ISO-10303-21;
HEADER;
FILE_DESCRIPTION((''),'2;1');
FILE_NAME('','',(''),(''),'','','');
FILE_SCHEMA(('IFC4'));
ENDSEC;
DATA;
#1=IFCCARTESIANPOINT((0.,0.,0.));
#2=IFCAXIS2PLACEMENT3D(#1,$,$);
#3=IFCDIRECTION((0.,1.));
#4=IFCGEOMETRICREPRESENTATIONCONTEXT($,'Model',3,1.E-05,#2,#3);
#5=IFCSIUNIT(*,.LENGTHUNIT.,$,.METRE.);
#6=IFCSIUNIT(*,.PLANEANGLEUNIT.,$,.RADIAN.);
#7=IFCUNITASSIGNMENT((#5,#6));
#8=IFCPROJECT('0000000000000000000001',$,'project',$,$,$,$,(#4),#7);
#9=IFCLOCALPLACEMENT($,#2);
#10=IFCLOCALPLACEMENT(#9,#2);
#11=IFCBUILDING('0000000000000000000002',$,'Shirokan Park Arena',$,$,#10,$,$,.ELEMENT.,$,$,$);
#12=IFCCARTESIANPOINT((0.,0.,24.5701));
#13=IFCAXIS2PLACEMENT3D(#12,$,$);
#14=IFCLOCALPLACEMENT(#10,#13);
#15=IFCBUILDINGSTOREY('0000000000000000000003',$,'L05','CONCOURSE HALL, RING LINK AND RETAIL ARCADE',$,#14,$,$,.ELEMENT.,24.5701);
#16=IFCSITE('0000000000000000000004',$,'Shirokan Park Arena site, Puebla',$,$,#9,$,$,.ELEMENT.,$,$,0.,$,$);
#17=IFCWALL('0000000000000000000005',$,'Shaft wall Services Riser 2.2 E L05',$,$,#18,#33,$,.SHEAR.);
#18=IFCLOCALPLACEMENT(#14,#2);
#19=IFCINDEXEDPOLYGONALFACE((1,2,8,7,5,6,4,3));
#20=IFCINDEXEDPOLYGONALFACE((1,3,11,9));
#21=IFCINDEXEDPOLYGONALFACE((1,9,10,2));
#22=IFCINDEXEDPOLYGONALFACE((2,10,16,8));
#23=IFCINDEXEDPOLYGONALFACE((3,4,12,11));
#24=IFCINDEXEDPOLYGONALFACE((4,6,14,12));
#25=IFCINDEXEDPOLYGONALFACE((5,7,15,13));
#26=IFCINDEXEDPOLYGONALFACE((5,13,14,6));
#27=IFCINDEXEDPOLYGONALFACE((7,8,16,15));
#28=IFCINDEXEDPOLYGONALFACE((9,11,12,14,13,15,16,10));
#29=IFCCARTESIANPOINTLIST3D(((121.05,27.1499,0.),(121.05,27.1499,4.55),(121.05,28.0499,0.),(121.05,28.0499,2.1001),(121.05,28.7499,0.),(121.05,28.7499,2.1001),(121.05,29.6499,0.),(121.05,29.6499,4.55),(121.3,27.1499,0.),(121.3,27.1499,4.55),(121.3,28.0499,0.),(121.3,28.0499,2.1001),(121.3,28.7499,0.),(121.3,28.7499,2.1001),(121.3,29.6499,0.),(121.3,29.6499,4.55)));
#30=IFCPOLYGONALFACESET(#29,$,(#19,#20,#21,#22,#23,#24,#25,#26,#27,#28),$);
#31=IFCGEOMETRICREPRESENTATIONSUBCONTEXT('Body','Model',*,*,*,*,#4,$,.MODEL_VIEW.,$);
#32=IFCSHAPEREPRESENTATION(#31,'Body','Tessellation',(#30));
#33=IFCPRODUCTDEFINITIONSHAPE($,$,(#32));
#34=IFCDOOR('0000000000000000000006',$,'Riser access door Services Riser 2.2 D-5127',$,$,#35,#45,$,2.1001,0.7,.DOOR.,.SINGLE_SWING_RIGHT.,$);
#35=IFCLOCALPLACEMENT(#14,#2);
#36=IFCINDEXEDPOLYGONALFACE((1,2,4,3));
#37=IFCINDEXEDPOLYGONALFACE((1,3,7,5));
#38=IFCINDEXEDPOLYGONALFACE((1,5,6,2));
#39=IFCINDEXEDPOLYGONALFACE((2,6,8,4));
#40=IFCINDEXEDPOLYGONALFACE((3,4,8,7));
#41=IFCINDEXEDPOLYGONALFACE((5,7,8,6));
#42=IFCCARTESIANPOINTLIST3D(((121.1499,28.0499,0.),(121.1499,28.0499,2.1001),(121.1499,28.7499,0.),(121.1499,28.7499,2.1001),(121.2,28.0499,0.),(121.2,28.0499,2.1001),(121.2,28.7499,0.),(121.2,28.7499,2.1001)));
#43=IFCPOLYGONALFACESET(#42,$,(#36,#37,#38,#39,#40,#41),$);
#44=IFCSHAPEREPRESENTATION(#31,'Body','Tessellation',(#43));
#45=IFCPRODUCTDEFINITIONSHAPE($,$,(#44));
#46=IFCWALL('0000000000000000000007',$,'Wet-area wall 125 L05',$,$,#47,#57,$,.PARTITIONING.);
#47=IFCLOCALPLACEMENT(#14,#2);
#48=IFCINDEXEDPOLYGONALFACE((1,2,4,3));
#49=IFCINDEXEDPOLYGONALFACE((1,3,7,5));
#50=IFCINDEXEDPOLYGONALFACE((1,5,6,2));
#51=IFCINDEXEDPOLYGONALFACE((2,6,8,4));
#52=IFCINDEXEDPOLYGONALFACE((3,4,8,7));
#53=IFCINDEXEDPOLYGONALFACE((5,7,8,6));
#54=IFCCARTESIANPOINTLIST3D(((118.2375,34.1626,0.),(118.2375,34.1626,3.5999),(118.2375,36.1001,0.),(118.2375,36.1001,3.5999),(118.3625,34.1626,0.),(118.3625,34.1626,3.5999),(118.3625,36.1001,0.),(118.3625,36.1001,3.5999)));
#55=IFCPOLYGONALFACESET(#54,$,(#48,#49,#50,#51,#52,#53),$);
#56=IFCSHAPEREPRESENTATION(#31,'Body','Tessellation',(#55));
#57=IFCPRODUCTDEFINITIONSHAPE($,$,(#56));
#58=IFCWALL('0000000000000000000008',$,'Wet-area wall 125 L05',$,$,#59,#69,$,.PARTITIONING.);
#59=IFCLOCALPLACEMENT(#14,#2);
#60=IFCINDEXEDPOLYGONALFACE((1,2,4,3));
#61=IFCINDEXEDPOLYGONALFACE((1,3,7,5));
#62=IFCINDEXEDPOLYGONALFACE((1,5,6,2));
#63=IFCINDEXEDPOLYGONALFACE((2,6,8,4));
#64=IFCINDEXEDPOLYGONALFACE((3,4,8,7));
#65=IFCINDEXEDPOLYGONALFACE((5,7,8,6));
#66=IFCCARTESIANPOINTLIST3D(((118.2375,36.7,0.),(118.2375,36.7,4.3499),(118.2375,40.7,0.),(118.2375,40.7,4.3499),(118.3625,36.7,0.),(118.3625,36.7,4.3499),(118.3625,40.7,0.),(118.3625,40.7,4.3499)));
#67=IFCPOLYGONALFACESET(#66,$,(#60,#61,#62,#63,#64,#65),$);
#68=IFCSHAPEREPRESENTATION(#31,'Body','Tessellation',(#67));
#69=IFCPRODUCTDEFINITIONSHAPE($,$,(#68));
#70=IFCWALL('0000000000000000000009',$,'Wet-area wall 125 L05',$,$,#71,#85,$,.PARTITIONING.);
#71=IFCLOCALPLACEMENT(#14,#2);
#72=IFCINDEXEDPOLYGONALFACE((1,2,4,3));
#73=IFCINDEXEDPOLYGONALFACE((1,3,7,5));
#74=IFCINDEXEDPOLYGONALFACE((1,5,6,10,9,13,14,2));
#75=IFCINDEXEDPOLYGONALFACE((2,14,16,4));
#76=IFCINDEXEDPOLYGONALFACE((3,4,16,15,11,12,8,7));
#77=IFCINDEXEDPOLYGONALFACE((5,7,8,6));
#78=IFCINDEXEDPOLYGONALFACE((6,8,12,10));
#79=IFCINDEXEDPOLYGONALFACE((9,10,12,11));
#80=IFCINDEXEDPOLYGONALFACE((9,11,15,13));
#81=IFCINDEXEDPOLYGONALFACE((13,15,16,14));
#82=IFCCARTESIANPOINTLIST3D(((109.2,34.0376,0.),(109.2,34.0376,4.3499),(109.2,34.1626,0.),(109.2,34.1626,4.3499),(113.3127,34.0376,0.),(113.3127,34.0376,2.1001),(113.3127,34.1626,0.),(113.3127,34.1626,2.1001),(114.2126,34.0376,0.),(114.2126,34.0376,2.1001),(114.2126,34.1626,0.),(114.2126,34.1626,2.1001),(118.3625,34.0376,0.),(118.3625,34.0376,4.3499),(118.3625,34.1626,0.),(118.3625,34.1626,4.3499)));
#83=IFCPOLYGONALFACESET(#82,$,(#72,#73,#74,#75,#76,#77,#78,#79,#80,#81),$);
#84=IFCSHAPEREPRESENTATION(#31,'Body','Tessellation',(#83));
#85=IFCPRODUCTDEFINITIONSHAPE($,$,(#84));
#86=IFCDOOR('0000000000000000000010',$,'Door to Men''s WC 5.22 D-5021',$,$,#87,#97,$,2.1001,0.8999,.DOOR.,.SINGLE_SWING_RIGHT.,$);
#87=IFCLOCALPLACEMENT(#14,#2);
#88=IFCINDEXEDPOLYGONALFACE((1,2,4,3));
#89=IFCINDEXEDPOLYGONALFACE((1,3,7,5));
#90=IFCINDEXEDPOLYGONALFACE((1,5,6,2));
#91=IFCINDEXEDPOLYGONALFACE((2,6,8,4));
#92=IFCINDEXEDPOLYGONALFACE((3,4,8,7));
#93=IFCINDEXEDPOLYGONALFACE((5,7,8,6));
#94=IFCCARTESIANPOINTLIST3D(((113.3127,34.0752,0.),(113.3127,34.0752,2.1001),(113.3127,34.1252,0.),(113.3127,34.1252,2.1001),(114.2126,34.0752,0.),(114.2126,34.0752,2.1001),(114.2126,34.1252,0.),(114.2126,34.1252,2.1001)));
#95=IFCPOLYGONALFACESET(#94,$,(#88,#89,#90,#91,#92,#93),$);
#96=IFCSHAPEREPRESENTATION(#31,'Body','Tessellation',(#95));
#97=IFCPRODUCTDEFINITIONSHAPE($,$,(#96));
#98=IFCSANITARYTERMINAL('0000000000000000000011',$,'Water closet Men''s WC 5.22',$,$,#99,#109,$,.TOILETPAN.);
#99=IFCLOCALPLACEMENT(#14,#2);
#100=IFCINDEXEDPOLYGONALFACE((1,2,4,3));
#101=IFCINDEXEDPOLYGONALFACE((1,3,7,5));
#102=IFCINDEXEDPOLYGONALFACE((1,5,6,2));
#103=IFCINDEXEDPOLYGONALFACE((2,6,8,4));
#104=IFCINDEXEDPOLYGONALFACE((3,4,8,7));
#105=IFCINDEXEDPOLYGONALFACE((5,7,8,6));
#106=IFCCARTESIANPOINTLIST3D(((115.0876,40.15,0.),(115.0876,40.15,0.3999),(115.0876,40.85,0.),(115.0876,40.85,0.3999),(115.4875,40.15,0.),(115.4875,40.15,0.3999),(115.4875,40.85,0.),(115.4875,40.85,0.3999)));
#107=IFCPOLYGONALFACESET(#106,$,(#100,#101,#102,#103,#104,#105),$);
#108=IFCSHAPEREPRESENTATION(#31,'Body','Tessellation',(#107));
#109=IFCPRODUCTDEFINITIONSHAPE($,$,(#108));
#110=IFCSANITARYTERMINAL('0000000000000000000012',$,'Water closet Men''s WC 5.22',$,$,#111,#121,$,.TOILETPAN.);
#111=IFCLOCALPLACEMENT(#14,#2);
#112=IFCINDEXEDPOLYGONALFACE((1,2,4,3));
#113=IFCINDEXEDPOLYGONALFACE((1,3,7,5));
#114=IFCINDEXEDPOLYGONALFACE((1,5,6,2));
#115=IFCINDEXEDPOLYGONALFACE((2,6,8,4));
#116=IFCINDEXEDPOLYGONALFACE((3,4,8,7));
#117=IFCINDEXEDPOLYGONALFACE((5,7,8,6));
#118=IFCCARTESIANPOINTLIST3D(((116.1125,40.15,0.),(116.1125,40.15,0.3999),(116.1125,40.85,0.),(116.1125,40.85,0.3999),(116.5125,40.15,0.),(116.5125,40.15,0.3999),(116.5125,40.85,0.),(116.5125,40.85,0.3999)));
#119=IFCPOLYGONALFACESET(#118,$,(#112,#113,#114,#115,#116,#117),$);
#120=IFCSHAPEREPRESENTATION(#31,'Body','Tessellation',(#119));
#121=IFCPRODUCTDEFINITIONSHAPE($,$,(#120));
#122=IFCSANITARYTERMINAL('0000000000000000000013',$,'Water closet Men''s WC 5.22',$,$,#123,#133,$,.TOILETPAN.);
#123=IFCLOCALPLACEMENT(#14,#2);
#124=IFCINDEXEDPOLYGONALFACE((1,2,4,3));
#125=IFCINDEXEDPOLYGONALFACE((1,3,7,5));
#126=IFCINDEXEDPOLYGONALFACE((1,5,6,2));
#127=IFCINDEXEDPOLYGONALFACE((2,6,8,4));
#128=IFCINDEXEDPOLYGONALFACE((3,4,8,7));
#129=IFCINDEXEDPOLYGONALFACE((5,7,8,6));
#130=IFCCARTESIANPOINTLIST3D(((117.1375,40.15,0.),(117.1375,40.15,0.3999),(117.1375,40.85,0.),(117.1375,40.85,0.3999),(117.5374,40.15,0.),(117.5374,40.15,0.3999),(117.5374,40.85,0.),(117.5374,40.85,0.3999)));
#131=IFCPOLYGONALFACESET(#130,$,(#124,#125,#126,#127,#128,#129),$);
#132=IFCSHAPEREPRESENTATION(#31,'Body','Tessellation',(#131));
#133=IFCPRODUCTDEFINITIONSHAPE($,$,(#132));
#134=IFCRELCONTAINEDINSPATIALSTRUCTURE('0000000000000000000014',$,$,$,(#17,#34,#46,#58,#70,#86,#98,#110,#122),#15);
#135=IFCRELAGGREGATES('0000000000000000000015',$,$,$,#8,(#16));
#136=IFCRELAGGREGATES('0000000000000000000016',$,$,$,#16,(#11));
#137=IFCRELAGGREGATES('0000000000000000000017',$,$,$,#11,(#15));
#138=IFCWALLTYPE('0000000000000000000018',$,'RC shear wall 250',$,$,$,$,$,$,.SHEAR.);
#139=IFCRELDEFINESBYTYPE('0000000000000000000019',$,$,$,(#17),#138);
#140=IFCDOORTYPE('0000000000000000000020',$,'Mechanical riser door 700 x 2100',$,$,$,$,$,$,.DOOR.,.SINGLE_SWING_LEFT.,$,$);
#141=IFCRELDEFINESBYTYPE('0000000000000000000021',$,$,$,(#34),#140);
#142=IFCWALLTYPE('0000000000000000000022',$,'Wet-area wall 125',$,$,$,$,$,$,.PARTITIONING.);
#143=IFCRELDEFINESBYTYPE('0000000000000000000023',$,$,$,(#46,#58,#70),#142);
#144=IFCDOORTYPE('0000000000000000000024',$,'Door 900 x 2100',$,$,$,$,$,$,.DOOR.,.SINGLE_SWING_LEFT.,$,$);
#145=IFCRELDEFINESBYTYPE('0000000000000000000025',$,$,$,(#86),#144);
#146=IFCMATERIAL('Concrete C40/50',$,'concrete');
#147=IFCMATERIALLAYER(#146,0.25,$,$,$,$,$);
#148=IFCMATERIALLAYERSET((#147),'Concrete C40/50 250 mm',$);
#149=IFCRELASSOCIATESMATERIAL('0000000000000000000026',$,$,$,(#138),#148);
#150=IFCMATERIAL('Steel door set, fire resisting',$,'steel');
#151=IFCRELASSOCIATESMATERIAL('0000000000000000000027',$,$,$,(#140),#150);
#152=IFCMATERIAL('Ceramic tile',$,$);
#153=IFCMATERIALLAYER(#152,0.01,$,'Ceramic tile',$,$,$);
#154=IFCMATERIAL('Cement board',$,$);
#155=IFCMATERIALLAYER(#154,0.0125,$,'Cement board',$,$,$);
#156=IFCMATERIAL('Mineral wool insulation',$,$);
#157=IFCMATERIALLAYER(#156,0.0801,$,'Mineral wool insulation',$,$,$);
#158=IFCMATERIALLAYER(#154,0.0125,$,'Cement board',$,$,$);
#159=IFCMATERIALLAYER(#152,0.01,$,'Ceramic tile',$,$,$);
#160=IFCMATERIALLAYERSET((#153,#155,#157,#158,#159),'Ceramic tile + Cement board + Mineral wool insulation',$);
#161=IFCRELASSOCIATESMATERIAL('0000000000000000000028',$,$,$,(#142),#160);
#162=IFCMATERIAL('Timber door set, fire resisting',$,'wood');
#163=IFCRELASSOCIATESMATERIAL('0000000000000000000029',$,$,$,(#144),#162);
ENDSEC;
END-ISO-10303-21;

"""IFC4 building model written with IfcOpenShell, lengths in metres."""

from ifc_helpers import new_model, si_unit, direction, frame, frame_2d, origin, origin_2d, place, context, subcontext, project, spatial, rectangle, extrude, material, layer, layer_set, type_object, element, fill, save


model = new_model("IFC4")

# Units and contexts
model_context = context("Model", 3, precision=1e-05, world=origin(), true_north=direction((0.0, 1.0)))
body_context = subcontext(model_context, "Body", "Model", "MODEL_VIEW")
ifc_project = project(units=[si_unit("LENGTHUNIT", "METRE"), si_unit("PLANEANGLEUNIT", "RADIAN")], contexts=[model_context])

# Site, building, storey
site_placement = place(None, origin())
site = spatial("IfcSite", under=ifc_project, at=site_placement, Name="Shirokan Park Arena site, Puebla", CompositionType="ELEMENT", RefElevation=0.0)
building_placement = place(site_placement, origin())
building = spatial("IfcBuilding", under=site, at=building_placement, Name="Shirokan Park Arena", CompositionType="ELEMENT")
storey_placement = place(building_placement, frame((0.0, 0.0, 24.5701)))
storey = spatial("IfcBuildingStorey", under=building, at=storey_placement, Name="L05", Description="CONCOURSE HALL, RING LINK AND RETAIL ARCADE", CompositionType="ELEMENT", Elevation=24.5701)

# Shared definitions
ifc_material_1 = material(Name="Mineral wool insulation")
ifc_material_2 = material(Name="Concrete C40/50", Category="concrete")
ifc_layer_1 = layer(ifc_material_2, 0.25)
ifc_layer_set_1 = layer_set([ifc_layer_1], Name="Concrete C40/50 250 mm")
wall_type_1 = type_object("IfcWallType", Name="RC shear wall 250", PredefinedType="SHEAR", material=ifc_layer_set_1)

# Wall, opening, door
wall_1_placement = place(storey_placement, frame((121.175, 29.6499, 0.0), z_axis=(0.0, 0.0, 1.0), x_axis=(0.0, -1.0, 0.0)))
wall_1 = element("IfcWall", 1, at=wall_1_placement, inside=storey, type_object=wall_type_1, Name="Shaft wall Services Riser 2.2 E L05", PredefinedType="SHEAR", context=body_context, shape_type="SweptSolid", body=[
    extrude(rectangle(XDim=2.5, YDim=0.25, at=frame_2d((1.25, 0.0))), origin(), (0.0, 0.0, 1.0), 4.55),
])
opening_1_placement = place(wall_1_placement, frame((0.8999, 0.0, 0.0)))
opening_1 = element("IfcOpeningElement", 2, at=opening_1_placement, cuts=wall_1, PredefinedType="OPENING", context=body_context, shape_type="SweptSolid", body=[
    extrude(rectangle(XDim=0.7, YDim=2.1001, at=frame_2d((0.3501, 1.05))), frame((0.0, 0.135, 0.0), z_axis=(0.0, -1.0, 0.0), x_axis=(1.0, 0.0, 0.0)), (0.0, 0.0, 1.0), 0.27),
])
ifc_material_3 = material(Name="Steel door set, fire resisting", Category="steel")
door_type_1 = type_object("IfcDoorType", Name="Mechanical riser door 700 x 2100", OperationType="SINGLE_SWING_LEFT", PredefinedType="DOOR", material=ifc_material_3)
door_1_placement = place(opening_1_placement, origin())
door_1 = element("IfcDoor", 3, at=door_1_placement, inside=storey, type_object=door_type_1, Name="Riser access door Services Riser 2.2 D-5127", OperationType="SINGLE_SWING_RIGHT", OverallHeight=2.1001, OverallWidth=0.7, PredefinedType="DOOR", context=body_context, shape_type="SweptSolid", body=[
    extrude(rectangle(XDim=0.7, YDim=2.1001, at=frame_2d((0.3501, 1.05))), frame((0.0, 0.0249, 0.0), z_axis=(0.0, -1.0, 0.0), x_axis=(1.0, 0.0, 0.0)), (0.0, 0.0, 1.0), 0.05),
])
fill(opening_1, door_1)

# Walls
ifc_material_4 = material(Name="Ceramic tile")
ifc_layer_2 = layer(ifc_material_4, 0.01, Name="Ceramic tile")
ifc_material_5 = material(Name="Cement board")
ifc_layer_3 = layer(ifc_material_5, 0.0125, Name="Cement board")
ifc_layer_4 = layer(ifc_material_1, 0.0801, Name="Mineral wool insulation")
ifc_layer_5 = layer(ifc_material_5, 0.0125, Name="Cement board")
ifc_layer_6 = layer(ifc_material_4, 0.01, Name="Ceramic tile")
ifc_layer_set_2 = layer_set([ifc_layer_2, ifc_layer_3, ifc_layer_4, ifc_layer_5, ifc_layer_6], Name="Ceramic tile + Cement board + Mineral wool insulation")
wall_type_2 = type_object("IfcWallType", Name="Wet-area wall 125", PredefinedType="PARTITIONING", material=ifc_layer_set_2)
wall_2_placement = place(storey_placement, frame((118.3, 36.1001, 0.0), z_axis=(0.0, 0.0, 1.0), x_axis=(0.0, -1.0, 0.0)))
element("IfcWall", 4, at=wall_2_placement, inside=storey, type_object=wall_type_2, Name="Wet-area wall 125 L05", PredefinedType="PARTITIONING", context=body_context, shape_type="SweptSolid", body=[
    extrude(rectangle(XDim=1.9375, YDim=0.125, at=frame_2d((0.9688, 0.0))), origin(), (0.0, 0.0, 1.0), 3.5999),
])
wall_3_placement = place(storey_placement, frame((118.3, 36.7, 0.0), z_axis=(0.0, 0.0, 1.0), x_axis=(0.0, 1.0, 0.0)))
element("IfcWall", 5, at=wall_3_placement, inside=storey, type_object=wall_type_2, Name="Wet-area wall 125 L05", PredefinedType="PARTITIONING", context=body_context, shape_type="SweptSolid", body=[
    extrude(rectangle(XDim=4.0, YDim=0.125, at=frame_2d((2.0, 0.0))), origin(), (0.0, 0.0, 1.0), 4.3499),
])

# Wall, opening, door
wall_4_placement = place(storey_placement, frame((118.3625, 34.1001, 0.0), z_axis=(0.0, 0.0, 1.0), x_axis=(-1.0, 0.0, 0.0)))
wall_4 = element("IfcWall", 6, at=wall_4_placement, inside=storey, type_object=wall_type_2, Name="Wet-area wall 125 L05", PredefinedType="PARTITIONING", context=body_context, shape_type="SweptSolid", body=[
    extrude(rectangle(XDim=9.1626, YDim=0.125, at=frame_2d((4.5813, 0.0))), origin(), (0.0, 0.0, 1.0), 4.3499),
])
opening_2_placement = place(wall_4_placement, frame((4.1499, 0.0, 0.0)))
opening_2 = element("IfcOpeningElement", 7, at=opening_2_placement, cuts=wall_4, PredefinedType="OPENING", context=body_context, shape_type="SweptSolid", body=[
    extrude(rectangle(XDim=0.8999, YDim=2.1001, at=frame_2d((0.45, 1.05))), frame((0.0, 0.0725, 0.0), z_axis=(0.0, -1.0, 0.0), x_axis=(1.0, 0.0, 0.0)), (0.0, 0.0, 1.0), 0.145),
])
ifc_material_6 = material(Name="Timber door set, fire resisting", Category="wood")
door_type_2 = type_object("IfcDoorType", Name="Door 900 x 2100", OperationType="SINGLE_SWING_LEFT", PredefinedType="DOOR", material=ifc_material_6)
door_2_placement = place(opening_2_placement, origin())
door_2 = element("IfcDoor", 8, at=door_2_placement, inside=storey, type_object=door_type_2, Name="Door to Men's WC 5.22 D-5021", OperationType="SINGLE_SWING_RIGHT", OverallHeight=2.1001, OverallWidth=0.8999, PredefinedType="DOOR", context=body_context, shape_type="SweptSolid", body=[
    extrude(rectangle(XDim=0.8999, YDim=2.1001, at=frame_2d((0.45, 1.05))), frame((0.0, 0.0249, 0.0), z_axis=(0.0, -1.0, 0.0), x_axis=(1.0, 0.0, 0.0)), (0.0, 0.0, 1.0), 0.05),
])
fill(opening_2, door_2)

# Sanitary terminals
for number, where, z_axis, x_axis, name in (
    (9, (115.2876, 40.5, 0.0), (0.0, 0.0, 1.0), (1.0, 0.0, 0.0), "Water closet Men's WC 5.22"),
    (10, (116.3125, 40.5, 0.0), (0.0, 0.0, 1.0), (1.0, 0.0, 0.0), "Water closet Men's WC 5.22"),
    (11, (117.3374, 40.5, 0.0), (0.0, 0.0, 1.0), (1.0, 0.0, 0.0), "Water closet Men's WC 5.22"),
):
    element("IfcSanitaryTerminal", number, at=place(storey_placement, frame(where, z_axis=z_axis, x_axis=x_axis)), inside=storey, Name=name, PredefinedType="TOILETPAN", context=body_context, shape_type="SweptSolid", body=[
        extrude(rectangle(XDim=0.3999, YDim=0.7, at=origin_2d()), origin(), (0.0, 0.0, 1.0), 0.3999),
    ])

save(model, "model.ifc")
